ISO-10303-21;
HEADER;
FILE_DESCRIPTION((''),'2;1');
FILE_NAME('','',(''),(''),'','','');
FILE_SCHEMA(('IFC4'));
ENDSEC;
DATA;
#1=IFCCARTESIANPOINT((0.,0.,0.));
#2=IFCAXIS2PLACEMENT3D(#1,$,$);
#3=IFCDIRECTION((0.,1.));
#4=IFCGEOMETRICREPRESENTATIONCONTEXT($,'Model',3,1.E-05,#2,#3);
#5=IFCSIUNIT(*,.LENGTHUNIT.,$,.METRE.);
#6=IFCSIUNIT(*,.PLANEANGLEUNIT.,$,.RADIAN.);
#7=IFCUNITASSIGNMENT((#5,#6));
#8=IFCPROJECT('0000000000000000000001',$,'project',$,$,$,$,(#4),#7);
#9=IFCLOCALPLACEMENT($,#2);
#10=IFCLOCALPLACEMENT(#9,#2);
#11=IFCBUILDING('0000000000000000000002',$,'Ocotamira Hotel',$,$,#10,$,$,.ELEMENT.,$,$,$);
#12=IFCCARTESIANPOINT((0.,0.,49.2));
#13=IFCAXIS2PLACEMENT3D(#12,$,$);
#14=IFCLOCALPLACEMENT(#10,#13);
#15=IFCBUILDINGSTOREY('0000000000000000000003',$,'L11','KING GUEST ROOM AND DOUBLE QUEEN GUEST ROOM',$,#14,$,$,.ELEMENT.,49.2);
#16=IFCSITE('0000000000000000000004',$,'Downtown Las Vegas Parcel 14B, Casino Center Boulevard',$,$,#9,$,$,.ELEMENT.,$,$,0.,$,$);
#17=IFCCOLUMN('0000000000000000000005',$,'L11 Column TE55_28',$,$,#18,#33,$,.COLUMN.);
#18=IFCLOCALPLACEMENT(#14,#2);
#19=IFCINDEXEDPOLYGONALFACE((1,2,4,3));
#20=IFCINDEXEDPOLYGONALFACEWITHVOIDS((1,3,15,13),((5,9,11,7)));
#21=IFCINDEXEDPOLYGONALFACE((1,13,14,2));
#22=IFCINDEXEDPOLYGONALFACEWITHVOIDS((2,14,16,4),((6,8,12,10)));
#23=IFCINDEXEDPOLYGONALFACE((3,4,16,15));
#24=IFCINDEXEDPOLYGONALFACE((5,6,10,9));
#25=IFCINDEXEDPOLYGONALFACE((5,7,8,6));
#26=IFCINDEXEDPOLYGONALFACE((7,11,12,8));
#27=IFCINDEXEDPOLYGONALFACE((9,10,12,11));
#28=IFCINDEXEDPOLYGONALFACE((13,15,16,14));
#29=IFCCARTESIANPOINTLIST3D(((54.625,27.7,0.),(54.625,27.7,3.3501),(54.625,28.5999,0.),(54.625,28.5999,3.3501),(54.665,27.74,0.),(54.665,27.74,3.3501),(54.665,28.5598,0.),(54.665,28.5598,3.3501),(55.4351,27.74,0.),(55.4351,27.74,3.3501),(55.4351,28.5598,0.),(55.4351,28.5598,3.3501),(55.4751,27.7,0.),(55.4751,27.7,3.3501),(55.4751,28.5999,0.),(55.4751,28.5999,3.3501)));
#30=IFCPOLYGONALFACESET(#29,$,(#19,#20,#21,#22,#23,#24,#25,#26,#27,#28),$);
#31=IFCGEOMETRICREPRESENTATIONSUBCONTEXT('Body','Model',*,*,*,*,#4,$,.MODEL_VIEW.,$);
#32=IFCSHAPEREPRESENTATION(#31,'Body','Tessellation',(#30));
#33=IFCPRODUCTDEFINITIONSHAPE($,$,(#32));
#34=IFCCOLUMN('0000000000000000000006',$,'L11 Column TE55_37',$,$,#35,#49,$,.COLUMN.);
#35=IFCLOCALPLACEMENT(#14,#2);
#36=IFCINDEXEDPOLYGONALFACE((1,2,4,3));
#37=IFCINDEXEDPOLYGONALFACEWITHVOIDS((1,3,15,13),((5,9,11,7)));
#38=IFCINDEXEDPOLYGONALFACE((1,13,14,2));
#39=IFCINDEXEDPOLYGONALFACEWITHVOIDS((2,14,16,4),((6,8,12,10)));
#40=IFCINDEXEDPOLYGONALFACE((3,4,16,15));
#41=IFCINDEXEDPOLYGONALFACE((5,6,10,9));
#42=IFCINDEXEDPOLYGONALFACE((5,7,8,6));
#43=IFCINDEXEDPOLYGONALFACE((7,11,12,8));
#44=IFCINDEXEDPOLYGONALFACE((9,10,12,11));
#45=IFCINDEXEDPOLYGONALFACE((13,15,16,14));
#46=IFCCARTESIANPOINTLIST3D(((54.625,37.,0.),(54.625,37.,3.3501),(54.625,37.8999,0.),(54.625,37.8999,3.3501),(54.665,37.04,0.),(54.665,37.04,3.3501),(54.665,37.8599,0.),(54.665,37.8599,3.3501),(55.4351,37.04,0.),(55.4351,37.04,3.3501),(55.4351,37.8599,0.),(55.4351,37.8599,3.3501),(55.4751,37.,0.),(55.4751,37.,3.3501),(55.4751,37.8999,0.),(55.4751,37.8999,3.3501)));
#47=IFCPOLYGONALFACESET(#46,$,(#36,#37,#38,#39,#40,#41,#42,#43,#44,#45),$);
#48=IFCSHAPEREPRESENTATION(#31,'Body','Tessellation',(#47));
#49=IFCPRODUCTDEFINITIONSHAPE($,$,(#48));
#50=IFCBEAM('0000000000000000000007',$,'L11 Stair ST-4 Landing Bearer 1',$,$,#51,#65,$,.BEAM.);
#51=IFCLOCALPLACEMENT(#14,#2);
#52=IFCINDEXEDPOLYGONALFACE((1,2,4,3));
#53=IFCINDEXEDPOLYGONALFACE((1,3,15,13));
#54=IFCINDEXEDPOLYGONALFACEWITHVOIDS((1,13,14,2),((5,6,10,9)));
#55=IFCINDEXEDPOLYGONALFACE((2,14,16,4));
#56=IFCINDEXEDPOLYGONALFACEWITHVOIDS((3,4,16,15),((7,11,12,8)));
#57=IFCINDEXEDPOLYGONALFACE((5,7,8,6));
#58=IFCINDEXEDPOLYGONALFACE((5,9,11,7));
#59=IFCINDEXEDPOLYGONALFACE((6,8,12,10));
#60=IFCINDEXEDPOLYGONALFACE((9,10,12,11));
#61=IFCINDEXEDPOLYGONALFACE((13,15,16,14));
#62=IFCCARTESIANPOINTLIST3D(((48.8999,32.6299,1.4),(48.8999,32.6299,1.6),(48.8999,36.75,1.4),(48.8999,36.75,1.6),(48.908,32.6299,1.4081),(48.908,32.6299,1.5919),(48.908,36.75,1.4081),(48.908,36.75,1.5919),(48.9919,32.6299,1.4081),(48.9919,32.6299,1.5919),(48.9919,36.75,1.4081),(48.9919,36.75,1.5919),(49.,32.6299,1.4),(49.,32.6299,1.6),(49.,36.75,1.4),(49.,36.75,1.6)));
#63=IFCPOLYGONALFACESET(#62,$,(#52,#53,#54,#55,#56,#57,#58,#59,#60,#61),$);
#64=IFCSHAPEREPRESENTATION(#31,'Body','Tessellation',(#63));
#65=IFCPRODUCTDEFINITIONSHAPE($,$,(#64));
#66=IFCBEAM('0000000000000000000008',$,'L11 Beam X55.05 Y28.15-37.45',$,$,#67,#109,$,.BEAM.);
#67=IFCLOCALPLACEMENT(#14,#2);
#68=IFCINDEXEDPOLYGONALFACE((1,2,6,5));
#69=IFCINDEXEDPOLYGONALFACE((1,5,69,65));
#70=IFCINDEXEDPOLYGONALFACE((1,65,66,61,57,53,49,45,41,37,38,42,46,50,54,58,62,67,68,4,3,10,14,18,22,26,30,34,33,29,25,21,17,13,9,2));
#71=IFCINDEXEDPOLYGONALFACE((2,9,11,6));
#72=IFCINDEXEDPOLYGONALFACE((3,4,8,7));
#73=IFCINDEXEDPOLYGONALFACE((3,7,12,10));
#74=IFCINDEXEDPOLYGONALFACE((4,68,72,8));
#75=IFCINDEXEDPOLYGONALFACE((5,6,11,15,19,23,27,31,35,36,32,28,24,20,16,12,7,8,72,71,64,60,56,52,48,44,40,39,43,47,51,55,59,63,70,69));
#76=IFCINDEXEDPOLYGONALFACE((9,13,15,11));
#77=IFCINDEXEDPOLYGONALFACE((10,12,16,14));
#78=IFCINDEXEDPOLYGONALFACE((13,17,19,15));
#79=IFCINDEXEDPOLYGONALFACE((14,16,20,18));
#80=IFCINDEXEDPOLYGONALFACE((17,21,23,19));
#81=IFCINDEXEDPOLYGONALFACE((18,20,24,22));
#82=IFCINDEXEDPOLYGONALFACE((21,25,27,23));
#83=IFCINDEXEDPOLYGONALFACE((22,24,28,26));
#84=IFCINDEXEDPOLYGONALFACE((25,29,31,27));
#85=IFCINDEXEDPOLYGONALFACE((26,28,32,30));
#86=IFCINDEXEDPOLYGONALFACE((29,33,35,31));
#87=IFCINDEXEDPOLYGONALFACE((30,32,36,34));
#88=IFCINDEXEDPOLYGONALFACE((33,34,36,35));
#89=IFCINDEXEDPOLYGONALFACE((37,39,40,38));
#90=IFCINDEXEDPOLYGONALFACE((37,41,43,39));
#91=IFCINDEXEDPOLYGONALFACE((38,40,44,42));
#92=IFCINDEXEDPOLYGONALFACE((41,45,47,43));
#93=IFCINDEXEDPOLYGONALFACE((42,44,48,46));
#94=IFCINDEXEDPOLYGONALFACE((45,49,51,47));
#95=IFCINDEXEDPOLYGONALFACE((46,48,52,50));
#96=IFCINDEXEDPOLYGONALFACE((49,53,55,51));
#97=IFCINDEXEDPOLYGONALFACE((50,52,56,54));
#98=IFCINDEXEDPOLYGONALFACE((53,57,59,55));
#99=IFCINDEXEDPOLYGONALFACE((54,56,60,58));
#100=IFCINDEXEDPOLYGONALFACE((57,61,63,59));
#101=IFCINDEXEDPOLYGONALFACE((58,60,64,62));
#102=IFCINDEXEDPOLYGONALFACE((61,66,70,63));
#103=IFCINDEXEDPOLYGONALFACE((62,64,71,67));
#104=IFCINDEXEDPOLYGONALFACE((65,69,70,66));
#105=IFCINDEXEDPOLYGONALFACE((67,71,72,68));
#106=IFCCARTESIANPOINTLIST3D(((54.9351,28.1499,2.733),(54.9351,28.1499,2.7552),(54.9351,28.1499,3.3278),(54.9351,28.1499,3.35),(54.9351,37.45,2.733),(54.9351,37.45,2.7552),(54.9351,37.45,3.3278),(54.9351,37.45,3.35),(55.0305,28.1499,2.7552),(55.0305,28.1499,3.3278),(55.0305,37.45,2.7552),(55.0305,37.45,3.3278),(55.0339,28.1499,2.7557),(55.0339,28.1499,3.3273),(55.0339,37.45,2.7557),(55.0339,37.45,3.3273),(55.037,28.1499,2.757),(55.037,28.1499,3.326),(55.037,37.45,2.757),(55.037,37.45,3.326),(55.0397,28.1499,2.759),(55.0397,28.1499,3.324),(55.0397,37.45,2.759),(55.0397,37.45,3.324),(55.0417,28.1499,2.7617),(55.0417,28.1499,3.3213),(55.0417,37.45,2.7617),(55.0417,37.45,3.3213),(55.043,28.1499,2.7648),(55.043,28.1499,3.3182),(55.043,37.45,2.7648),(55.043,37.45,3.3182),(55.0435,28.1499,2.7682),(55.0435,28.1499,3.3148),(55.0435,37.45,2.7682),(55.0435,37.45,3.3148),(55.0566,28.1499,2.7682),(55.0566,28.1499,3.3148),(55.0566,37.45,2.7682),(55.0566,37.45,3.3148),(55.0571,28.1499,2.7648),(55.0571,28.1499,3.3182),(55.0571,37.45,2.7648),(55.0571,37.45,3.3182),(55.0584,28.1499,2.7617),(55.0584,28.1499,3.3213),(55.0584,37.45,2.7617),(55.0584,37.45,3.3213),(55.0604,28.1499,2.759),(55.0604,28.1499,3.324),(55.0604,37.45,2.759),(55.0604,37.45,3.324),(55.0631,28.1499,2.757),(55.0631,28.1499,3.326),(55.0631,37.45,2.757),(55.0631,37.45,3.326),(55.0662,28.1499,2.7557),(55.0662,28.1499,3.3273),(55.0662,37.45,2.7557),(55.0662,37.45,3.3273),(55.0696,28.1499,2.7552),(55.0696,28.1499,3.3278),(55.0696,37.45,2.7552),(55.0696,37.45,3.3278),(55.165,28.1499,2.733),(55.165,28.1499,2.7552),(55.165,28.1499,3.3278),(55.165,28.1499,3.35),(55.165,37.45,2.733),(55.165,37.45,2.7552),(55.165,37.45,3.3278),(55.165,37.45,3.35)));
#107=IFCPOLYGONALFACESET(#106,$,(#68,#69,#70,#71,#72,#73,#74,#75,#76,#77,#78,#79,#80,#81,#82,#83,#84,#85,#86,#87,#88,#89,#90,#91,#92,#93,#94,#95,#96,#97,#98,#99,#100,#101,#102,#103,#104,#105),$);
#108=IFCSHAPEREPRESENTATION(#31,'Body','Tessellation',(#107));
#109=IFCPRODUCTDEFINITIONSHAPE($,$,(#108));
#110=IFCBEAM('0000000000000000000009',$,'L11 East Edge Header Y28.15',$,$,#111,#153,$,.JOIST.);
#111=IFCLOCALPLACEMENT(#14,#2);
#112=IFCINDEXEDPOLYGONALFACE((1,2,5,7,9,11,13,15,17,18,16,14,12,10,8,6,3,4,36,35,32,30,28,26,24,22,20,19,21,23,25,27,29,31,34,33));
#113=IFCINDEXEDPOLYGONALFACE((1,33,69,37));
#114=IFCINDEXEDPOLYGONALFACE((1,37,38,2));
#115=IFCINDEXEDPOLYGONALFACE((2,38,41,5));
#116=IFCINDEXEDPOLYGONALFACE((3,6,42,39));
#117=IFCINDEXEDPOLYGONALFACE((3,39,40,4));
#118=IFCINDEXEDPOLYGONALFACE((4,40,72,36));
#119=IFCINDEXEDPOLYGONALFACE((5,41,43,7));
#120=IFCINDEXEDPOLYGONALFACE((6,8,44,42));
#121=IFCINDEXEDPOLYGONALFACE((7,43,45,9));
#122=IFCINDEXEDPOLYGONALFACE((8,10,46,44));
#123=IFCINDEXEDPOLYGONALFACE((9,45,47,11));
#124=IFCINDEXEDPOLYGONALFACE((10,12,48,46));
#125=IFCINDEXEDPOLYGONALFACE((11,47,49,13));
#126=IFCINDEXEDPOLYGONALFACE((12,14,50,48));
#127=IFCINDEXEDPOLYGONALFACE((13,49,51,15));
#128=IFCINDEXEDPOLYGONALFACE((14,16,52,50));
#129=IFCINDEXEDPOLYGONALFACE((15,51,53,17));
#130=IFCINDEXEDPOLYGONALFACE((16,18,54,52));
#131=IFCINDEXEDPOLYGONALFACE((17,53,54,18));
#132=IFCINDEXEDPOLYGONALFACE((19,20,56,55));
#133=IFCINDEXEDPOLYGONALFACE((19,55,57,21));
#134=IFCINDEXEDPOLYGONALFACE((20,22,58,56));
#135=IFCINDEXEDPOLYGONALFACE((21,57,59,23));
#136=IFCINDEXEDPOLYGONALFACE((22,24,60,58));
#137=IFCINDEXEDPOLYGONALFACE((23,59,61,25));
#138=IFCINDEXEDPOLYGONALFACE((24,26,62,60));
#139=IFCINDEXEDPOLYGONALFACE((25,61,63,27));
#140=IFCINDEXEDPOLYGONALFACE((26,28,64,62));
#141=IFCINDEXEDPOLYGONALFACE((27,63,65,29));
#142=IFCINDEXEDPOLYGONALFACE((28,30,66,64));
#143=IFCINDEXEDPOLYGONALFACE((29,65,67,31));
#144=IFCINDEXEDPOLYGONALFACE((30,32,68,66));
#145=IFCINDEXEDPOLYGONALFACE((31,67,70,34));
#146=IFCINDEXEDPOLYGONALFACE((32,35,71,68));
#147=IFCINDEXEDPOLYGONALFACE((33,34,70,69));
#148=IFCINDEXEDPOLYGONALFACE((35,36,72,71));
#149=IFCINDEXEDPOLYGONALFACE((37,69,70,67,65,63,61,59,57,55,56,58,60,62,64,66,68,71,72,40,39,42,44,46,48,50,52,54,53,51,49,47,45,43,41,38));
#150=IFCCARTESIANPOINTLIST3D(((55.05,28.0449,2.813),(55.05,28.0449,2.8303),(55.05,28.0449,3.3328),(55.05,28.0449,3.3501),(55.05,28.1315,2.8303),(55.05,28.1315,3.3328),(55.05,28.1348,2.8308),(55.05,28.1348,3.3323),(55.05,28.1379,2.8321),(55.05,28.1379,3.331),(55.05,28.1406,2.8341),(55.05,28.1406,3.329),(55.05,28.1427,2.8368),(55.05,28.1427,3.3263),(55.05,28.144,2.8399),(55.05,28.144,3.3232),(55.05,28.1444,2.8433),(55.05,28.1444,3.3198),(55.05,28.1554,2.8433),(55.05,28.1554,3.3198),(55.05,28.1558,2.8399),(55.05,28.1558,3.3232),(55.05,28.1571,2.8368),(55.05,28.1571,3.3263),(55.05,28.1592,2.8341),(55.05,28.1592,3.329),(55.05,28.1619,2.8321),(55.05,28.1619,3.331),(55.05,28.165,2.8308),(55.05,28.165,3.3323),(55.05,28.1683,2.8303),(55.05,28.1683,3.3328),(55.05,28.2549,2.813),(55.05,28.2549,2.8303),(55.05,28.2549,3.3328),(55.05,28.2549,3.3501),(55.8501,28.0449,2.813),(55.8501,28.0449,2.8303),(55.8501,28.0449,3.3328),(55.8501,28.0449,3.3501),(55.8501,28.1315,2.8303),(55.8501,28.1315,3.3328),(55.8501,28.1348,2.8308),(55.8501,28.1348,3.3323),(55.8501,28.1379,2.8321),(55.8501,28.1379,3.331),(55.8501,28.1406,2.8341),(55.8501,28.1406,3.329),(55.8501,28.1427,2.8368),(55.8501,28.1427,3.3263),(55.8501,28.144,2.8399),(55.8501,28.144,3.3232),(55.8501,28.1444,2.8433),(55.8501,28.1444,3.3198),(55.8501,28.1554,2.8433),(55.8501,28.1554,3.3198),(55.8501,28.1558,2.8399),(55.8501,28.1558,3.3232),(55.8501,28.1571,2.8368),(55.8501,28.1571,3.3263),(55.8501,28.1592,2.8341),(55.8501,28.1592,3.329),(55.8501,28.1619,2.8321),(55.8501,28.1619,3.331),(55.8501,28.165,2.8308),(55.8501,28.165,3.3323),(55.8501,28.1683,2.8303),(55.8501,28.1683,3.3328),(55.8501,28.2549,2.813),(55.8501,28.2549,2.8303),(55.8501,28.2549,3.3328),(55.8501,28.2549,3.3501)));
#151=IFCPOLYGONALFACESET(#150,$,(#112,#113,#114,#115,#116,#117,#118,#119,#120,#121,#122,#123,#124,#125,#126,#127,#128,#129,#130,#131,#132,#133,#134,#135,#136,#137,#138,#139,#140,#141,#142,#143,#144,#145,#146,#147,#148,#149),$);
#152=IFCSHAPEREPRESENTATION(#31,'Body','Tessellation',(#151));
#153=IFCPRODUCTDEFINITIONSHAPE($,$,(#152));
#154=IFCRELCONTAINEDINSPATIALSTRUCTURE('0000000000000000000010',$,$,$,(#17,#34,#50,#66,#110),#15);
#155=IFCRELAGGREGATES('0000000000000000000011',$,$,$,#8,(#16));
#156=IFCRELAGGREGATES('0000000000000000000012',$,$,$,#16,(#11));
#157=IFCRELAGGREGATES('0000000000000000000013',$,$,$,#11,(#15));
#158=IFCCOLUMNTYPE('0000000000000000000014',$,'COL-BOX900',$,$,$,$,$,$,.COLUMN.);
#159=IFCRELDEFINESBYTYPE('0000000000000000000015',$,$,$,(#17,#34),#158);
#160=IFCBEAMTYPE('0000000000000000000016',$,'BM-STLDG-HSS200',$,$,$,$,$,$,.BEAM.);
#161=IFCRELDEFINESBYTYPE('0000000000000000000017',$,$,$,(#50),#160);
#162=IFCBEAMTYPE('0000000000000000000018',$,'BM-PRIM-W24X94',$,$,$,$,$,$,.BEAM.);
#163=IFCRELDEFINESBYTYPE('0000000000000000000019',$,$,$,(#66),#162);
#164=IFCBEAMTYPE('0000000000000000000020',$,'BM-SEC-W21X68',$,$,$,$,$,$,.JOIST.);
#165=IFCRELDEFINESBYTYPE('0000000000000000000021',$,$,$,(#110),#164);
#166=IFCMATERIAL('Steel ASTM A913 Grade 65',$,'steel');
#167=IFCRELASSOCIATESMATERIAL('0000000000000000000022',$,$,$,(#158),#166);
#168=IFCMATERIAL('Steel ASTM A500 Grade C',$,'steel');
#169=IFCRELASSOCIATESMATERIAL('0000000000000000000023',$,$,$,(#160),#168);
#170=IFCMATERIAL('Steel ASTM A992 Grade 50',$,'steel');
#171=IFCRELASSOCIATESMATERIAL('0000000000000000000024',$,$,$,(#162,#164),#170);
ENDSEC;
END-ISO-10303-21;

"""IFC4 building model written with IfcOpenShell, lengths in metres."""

from ifc_helpers import new_model, si_unit, direction, frame, origin, origin_2d, place, context, subcontext, project, spatial, hollow_rectangle, i_section, extrude, source, transform, mapped, material, material_profile, profile_set, type_object, element, save


model = new_model("IFC4")

# Units and contexts
model_context = context("Model", 3, precision=1e-05, world=origin(), true_north=direction((0.0, 1.0)))
body_context = subcontext(model_context, "Body", "Model", "MODEL_VIEW")
ifc_project = project(units=[si_unit("LENGTHUNIT", "METRE"), si_unit("PLANEANGLEUNIT", "RADIAN")], contexts=[model_context])

# Site, building, storey
site_placement = place(None, origin())
site = spatial("IfcSite", under=ifc_project, at=site_placement, Name="Downtown Las Vegas Parcel 14B, Casino Center Boulevard", CompositionType="ELEMENT", RefElevation=0.0)
building_placement = place(site_placement, origin())
building = spatial("IfcBuilding", under=site, at=building_placement, Name="Ocotamira Hotel", CompositionType="ELEMENT")
storey_placement = place(building_placement, frame((0.0, 0.0, 49.2)))
storey = spatial("IfcBuildingStorey", under=building, at=storey_placement, Name="L11", Description="KING GUEST ROOM AND DOUBLE QUEEN GUEST ROOM", CompositionType="ELEMENT", Elevation=49.2)

# Columns
ifc_material_1 = material(Name="Steel ASTM A913 Grade 65", Category="steel")
ifc_material_profile_1 = material_profile(ifc_material_1, hollow_rectangle(XDim=0.8501, YDim=0.8999, WallThickness=0.04, at=origin_2d()), Name="BOX900X850X40")
ifc_profile_set_1 = profile_set([ifc_material_profile_1], Name="Steel ASTM A913 Grade 65")
column_type = type_object("IfcColumnType", Name="COL-BOX900", PredefinedType="COLUMN", material=ifc_profile_set_1)
shared_shape_1 = source(origin(), body_context, "Body", "SweptSolid", [
    extrude(hollow_rectangle(XDim=0.8501, YDim=0.8999, WallThickness=0.04, at=origin_2d()), origin(), (0.0, 0.0, 1.0), 3.3501),
])
for number, where, z_axis, x_axis, name in (
    (1, (55.05, 28.1499, 0.0), (0.0, 0.0, 1.0), (1.0, 0.0, 0.0), "L11 Column TE55_28"),
    (2, (55.05, 37.45, 0.0), (0.0, 0.0, 1.0), (1.0, 0.0, 0.0), "L11 Column TE55_37"),
):
    element("IfcColumn", number, at=place(storey_placement, frame(where, z_axis=z_axis, x_axis=x_axis)), inside=storey, type_object=column_type, Name=name, PredefinedType="COLUMN", context=body_context, shape_type="MappedRepresentation", body=[
        mapped(shared_shape_1, transform((0.0, 0.0, 0.0), scale=1.0)),
    ])

# Beams
ifc_material_2 = material(Name="Steel ASTM A500 Grade C", Category="steel")
ifc_material_profile_2 = material_profile(ifc_material_2, hollow_rectangle(XDim=0.1001, YDim=0.2, WallThickness=0.0081, at=origin_2d()), Name="HSS200X100X8")
ifc_profile_set_2 = profile_set([ifc_material_profile_2], Name="Steel ASTM A500 Grade C")
beam_type_1 = type_object("IfcBeamType", Name="BM-STLDG-HSS200", PredefinedType="BEAM", material=ifc_profile_set_2)
shared_shape_2 = source(origin(), body_context, "Body", "SweptSolid", [
    extrude(hollow_rectangle(XDim=0.1001, YDim=0.2, WallThickness=0.0081, at=origin_2d()), origin(), (0.0, 0.0, 1.0), 4.1201),
])
beam_1_placement = place(storey_placement, frame((48.95, 32.6299, 1.5), z_axis=(0.0, 1.0, 0.0), x_axis=(-1.0, 0.0, 0.0)))
element("IfcBeam", 3, at=beam_1_placement, inside=storey, type_object=beam_type_1, Name="L11 Stair ST-4 Landing Bearer 1", PredefinedType="BEAM", context=body_context, shape_type="MappedRepresentation", body=[
    mapped(shared_shape_2, transform((0.0, 0.0, 0.0), scale=1.0)),
])
ifc_material_3 = material(Name="Steel ASTM A992 Grade 50", Category="steel")
ifc_material_profile_3 = material_profile(ifc_material_3, i_section(OverallWidth=0.23, OverallDepth=0.6169, WebThickness=0.0132, FlangeThickness=0.0222, FilletRadius=0.0129, at=origin_2d()), Name="W24X94")
ifc_profile_set_3 = profile_set([ifc_material_profile_3], Name="Steel ASTM A992 Grade 50")
beam_type_2 = type_object("IfcBeamType", Name="BM-PRIM-W24X94", PredefinedType="BEAM", material=ifc_profile_set_3)
shared_shape_3 = source(origin(), body_context, "Body", "SweptSolid", [
    extrude(i_section(OverallWidth=0.23, OverallDepth=0.6169, WebThickness=0.0132, FlangeThickness=0.0222, FilletRadius=0.0129, at=origin_2d()), origin(), (0.0, 0.0, 1.0), 9.3),
])
beam_2_placement = place(storey_placement, frame((55.05, 28.1499, 3.0415), z_axis=(0.0, 1.0, 0.0), x_axis=(-1.0, 0.0, 0.0)))
element("IfcBeam", 4, at=beam_2_placement, inside=storey, type_object=beam_type_2, Name="L11 Beam X55.05 Y28.15-37.45", PredefinedType="BEAM", context=body_context, shape_type="MappedRepresentation", body=[
    mapped(shared_shape_3, transform((0.0, 0.0, 0.0), scale=1.0)),
])
ifc_material_profile_4 = material_profile(ifc_material_3, i_section(OverallWidth=0.21, OverallDepth=0.5371, WebThickness=0.011, FlangeThickness=0.0173, FilletRadius=0.0129, at=origin_2d()), Name="W21X68")
ifc_profile_set_4 = profile_set([ifc_material_profile_4], Name="Steel ASTM A992 Grade 50")
beam_type_3 = type_object("IfcBeamType", Name="BM-SEC-W21X68", PredefinedType="JOIST", material=ifc_profile_set_4)
shared_shape_4 = source(origin(), body_context, "Body", "SweptSolid", [
    extrude(i_section(OverallWidth=0.21, OverallDepth=0.5371, WebThickness=0.011, FlangeThickness=0.0173, FilletRadius=0.0129, at=origin_2d()), origin(), (0.0, 0.0, 1.0), 0.8),
])
for number, where, z_axis, x_axis, name in (
    (5, (55.05, 28.1499, 3.0815), (1.0, 0.0, 0.0), (0.0, 1.0, 0.0), "L11 East Edge Header Y28.15"),
):
    element("IfcBeam", number, at=place(storey_placement, frame(where, z_axis=z_axis, x_axis=x_axis)), inside=storey, type_object=beam_type_3, Name=name, PredefinedType="JOIST", context=body_context, shape_type="MappedRepresentation", body=[
        mapped(shared_shape_4, transform((0.0, 0.0, 0.0), scale=1.0)),
    ])

save(model, "model.ifc")
